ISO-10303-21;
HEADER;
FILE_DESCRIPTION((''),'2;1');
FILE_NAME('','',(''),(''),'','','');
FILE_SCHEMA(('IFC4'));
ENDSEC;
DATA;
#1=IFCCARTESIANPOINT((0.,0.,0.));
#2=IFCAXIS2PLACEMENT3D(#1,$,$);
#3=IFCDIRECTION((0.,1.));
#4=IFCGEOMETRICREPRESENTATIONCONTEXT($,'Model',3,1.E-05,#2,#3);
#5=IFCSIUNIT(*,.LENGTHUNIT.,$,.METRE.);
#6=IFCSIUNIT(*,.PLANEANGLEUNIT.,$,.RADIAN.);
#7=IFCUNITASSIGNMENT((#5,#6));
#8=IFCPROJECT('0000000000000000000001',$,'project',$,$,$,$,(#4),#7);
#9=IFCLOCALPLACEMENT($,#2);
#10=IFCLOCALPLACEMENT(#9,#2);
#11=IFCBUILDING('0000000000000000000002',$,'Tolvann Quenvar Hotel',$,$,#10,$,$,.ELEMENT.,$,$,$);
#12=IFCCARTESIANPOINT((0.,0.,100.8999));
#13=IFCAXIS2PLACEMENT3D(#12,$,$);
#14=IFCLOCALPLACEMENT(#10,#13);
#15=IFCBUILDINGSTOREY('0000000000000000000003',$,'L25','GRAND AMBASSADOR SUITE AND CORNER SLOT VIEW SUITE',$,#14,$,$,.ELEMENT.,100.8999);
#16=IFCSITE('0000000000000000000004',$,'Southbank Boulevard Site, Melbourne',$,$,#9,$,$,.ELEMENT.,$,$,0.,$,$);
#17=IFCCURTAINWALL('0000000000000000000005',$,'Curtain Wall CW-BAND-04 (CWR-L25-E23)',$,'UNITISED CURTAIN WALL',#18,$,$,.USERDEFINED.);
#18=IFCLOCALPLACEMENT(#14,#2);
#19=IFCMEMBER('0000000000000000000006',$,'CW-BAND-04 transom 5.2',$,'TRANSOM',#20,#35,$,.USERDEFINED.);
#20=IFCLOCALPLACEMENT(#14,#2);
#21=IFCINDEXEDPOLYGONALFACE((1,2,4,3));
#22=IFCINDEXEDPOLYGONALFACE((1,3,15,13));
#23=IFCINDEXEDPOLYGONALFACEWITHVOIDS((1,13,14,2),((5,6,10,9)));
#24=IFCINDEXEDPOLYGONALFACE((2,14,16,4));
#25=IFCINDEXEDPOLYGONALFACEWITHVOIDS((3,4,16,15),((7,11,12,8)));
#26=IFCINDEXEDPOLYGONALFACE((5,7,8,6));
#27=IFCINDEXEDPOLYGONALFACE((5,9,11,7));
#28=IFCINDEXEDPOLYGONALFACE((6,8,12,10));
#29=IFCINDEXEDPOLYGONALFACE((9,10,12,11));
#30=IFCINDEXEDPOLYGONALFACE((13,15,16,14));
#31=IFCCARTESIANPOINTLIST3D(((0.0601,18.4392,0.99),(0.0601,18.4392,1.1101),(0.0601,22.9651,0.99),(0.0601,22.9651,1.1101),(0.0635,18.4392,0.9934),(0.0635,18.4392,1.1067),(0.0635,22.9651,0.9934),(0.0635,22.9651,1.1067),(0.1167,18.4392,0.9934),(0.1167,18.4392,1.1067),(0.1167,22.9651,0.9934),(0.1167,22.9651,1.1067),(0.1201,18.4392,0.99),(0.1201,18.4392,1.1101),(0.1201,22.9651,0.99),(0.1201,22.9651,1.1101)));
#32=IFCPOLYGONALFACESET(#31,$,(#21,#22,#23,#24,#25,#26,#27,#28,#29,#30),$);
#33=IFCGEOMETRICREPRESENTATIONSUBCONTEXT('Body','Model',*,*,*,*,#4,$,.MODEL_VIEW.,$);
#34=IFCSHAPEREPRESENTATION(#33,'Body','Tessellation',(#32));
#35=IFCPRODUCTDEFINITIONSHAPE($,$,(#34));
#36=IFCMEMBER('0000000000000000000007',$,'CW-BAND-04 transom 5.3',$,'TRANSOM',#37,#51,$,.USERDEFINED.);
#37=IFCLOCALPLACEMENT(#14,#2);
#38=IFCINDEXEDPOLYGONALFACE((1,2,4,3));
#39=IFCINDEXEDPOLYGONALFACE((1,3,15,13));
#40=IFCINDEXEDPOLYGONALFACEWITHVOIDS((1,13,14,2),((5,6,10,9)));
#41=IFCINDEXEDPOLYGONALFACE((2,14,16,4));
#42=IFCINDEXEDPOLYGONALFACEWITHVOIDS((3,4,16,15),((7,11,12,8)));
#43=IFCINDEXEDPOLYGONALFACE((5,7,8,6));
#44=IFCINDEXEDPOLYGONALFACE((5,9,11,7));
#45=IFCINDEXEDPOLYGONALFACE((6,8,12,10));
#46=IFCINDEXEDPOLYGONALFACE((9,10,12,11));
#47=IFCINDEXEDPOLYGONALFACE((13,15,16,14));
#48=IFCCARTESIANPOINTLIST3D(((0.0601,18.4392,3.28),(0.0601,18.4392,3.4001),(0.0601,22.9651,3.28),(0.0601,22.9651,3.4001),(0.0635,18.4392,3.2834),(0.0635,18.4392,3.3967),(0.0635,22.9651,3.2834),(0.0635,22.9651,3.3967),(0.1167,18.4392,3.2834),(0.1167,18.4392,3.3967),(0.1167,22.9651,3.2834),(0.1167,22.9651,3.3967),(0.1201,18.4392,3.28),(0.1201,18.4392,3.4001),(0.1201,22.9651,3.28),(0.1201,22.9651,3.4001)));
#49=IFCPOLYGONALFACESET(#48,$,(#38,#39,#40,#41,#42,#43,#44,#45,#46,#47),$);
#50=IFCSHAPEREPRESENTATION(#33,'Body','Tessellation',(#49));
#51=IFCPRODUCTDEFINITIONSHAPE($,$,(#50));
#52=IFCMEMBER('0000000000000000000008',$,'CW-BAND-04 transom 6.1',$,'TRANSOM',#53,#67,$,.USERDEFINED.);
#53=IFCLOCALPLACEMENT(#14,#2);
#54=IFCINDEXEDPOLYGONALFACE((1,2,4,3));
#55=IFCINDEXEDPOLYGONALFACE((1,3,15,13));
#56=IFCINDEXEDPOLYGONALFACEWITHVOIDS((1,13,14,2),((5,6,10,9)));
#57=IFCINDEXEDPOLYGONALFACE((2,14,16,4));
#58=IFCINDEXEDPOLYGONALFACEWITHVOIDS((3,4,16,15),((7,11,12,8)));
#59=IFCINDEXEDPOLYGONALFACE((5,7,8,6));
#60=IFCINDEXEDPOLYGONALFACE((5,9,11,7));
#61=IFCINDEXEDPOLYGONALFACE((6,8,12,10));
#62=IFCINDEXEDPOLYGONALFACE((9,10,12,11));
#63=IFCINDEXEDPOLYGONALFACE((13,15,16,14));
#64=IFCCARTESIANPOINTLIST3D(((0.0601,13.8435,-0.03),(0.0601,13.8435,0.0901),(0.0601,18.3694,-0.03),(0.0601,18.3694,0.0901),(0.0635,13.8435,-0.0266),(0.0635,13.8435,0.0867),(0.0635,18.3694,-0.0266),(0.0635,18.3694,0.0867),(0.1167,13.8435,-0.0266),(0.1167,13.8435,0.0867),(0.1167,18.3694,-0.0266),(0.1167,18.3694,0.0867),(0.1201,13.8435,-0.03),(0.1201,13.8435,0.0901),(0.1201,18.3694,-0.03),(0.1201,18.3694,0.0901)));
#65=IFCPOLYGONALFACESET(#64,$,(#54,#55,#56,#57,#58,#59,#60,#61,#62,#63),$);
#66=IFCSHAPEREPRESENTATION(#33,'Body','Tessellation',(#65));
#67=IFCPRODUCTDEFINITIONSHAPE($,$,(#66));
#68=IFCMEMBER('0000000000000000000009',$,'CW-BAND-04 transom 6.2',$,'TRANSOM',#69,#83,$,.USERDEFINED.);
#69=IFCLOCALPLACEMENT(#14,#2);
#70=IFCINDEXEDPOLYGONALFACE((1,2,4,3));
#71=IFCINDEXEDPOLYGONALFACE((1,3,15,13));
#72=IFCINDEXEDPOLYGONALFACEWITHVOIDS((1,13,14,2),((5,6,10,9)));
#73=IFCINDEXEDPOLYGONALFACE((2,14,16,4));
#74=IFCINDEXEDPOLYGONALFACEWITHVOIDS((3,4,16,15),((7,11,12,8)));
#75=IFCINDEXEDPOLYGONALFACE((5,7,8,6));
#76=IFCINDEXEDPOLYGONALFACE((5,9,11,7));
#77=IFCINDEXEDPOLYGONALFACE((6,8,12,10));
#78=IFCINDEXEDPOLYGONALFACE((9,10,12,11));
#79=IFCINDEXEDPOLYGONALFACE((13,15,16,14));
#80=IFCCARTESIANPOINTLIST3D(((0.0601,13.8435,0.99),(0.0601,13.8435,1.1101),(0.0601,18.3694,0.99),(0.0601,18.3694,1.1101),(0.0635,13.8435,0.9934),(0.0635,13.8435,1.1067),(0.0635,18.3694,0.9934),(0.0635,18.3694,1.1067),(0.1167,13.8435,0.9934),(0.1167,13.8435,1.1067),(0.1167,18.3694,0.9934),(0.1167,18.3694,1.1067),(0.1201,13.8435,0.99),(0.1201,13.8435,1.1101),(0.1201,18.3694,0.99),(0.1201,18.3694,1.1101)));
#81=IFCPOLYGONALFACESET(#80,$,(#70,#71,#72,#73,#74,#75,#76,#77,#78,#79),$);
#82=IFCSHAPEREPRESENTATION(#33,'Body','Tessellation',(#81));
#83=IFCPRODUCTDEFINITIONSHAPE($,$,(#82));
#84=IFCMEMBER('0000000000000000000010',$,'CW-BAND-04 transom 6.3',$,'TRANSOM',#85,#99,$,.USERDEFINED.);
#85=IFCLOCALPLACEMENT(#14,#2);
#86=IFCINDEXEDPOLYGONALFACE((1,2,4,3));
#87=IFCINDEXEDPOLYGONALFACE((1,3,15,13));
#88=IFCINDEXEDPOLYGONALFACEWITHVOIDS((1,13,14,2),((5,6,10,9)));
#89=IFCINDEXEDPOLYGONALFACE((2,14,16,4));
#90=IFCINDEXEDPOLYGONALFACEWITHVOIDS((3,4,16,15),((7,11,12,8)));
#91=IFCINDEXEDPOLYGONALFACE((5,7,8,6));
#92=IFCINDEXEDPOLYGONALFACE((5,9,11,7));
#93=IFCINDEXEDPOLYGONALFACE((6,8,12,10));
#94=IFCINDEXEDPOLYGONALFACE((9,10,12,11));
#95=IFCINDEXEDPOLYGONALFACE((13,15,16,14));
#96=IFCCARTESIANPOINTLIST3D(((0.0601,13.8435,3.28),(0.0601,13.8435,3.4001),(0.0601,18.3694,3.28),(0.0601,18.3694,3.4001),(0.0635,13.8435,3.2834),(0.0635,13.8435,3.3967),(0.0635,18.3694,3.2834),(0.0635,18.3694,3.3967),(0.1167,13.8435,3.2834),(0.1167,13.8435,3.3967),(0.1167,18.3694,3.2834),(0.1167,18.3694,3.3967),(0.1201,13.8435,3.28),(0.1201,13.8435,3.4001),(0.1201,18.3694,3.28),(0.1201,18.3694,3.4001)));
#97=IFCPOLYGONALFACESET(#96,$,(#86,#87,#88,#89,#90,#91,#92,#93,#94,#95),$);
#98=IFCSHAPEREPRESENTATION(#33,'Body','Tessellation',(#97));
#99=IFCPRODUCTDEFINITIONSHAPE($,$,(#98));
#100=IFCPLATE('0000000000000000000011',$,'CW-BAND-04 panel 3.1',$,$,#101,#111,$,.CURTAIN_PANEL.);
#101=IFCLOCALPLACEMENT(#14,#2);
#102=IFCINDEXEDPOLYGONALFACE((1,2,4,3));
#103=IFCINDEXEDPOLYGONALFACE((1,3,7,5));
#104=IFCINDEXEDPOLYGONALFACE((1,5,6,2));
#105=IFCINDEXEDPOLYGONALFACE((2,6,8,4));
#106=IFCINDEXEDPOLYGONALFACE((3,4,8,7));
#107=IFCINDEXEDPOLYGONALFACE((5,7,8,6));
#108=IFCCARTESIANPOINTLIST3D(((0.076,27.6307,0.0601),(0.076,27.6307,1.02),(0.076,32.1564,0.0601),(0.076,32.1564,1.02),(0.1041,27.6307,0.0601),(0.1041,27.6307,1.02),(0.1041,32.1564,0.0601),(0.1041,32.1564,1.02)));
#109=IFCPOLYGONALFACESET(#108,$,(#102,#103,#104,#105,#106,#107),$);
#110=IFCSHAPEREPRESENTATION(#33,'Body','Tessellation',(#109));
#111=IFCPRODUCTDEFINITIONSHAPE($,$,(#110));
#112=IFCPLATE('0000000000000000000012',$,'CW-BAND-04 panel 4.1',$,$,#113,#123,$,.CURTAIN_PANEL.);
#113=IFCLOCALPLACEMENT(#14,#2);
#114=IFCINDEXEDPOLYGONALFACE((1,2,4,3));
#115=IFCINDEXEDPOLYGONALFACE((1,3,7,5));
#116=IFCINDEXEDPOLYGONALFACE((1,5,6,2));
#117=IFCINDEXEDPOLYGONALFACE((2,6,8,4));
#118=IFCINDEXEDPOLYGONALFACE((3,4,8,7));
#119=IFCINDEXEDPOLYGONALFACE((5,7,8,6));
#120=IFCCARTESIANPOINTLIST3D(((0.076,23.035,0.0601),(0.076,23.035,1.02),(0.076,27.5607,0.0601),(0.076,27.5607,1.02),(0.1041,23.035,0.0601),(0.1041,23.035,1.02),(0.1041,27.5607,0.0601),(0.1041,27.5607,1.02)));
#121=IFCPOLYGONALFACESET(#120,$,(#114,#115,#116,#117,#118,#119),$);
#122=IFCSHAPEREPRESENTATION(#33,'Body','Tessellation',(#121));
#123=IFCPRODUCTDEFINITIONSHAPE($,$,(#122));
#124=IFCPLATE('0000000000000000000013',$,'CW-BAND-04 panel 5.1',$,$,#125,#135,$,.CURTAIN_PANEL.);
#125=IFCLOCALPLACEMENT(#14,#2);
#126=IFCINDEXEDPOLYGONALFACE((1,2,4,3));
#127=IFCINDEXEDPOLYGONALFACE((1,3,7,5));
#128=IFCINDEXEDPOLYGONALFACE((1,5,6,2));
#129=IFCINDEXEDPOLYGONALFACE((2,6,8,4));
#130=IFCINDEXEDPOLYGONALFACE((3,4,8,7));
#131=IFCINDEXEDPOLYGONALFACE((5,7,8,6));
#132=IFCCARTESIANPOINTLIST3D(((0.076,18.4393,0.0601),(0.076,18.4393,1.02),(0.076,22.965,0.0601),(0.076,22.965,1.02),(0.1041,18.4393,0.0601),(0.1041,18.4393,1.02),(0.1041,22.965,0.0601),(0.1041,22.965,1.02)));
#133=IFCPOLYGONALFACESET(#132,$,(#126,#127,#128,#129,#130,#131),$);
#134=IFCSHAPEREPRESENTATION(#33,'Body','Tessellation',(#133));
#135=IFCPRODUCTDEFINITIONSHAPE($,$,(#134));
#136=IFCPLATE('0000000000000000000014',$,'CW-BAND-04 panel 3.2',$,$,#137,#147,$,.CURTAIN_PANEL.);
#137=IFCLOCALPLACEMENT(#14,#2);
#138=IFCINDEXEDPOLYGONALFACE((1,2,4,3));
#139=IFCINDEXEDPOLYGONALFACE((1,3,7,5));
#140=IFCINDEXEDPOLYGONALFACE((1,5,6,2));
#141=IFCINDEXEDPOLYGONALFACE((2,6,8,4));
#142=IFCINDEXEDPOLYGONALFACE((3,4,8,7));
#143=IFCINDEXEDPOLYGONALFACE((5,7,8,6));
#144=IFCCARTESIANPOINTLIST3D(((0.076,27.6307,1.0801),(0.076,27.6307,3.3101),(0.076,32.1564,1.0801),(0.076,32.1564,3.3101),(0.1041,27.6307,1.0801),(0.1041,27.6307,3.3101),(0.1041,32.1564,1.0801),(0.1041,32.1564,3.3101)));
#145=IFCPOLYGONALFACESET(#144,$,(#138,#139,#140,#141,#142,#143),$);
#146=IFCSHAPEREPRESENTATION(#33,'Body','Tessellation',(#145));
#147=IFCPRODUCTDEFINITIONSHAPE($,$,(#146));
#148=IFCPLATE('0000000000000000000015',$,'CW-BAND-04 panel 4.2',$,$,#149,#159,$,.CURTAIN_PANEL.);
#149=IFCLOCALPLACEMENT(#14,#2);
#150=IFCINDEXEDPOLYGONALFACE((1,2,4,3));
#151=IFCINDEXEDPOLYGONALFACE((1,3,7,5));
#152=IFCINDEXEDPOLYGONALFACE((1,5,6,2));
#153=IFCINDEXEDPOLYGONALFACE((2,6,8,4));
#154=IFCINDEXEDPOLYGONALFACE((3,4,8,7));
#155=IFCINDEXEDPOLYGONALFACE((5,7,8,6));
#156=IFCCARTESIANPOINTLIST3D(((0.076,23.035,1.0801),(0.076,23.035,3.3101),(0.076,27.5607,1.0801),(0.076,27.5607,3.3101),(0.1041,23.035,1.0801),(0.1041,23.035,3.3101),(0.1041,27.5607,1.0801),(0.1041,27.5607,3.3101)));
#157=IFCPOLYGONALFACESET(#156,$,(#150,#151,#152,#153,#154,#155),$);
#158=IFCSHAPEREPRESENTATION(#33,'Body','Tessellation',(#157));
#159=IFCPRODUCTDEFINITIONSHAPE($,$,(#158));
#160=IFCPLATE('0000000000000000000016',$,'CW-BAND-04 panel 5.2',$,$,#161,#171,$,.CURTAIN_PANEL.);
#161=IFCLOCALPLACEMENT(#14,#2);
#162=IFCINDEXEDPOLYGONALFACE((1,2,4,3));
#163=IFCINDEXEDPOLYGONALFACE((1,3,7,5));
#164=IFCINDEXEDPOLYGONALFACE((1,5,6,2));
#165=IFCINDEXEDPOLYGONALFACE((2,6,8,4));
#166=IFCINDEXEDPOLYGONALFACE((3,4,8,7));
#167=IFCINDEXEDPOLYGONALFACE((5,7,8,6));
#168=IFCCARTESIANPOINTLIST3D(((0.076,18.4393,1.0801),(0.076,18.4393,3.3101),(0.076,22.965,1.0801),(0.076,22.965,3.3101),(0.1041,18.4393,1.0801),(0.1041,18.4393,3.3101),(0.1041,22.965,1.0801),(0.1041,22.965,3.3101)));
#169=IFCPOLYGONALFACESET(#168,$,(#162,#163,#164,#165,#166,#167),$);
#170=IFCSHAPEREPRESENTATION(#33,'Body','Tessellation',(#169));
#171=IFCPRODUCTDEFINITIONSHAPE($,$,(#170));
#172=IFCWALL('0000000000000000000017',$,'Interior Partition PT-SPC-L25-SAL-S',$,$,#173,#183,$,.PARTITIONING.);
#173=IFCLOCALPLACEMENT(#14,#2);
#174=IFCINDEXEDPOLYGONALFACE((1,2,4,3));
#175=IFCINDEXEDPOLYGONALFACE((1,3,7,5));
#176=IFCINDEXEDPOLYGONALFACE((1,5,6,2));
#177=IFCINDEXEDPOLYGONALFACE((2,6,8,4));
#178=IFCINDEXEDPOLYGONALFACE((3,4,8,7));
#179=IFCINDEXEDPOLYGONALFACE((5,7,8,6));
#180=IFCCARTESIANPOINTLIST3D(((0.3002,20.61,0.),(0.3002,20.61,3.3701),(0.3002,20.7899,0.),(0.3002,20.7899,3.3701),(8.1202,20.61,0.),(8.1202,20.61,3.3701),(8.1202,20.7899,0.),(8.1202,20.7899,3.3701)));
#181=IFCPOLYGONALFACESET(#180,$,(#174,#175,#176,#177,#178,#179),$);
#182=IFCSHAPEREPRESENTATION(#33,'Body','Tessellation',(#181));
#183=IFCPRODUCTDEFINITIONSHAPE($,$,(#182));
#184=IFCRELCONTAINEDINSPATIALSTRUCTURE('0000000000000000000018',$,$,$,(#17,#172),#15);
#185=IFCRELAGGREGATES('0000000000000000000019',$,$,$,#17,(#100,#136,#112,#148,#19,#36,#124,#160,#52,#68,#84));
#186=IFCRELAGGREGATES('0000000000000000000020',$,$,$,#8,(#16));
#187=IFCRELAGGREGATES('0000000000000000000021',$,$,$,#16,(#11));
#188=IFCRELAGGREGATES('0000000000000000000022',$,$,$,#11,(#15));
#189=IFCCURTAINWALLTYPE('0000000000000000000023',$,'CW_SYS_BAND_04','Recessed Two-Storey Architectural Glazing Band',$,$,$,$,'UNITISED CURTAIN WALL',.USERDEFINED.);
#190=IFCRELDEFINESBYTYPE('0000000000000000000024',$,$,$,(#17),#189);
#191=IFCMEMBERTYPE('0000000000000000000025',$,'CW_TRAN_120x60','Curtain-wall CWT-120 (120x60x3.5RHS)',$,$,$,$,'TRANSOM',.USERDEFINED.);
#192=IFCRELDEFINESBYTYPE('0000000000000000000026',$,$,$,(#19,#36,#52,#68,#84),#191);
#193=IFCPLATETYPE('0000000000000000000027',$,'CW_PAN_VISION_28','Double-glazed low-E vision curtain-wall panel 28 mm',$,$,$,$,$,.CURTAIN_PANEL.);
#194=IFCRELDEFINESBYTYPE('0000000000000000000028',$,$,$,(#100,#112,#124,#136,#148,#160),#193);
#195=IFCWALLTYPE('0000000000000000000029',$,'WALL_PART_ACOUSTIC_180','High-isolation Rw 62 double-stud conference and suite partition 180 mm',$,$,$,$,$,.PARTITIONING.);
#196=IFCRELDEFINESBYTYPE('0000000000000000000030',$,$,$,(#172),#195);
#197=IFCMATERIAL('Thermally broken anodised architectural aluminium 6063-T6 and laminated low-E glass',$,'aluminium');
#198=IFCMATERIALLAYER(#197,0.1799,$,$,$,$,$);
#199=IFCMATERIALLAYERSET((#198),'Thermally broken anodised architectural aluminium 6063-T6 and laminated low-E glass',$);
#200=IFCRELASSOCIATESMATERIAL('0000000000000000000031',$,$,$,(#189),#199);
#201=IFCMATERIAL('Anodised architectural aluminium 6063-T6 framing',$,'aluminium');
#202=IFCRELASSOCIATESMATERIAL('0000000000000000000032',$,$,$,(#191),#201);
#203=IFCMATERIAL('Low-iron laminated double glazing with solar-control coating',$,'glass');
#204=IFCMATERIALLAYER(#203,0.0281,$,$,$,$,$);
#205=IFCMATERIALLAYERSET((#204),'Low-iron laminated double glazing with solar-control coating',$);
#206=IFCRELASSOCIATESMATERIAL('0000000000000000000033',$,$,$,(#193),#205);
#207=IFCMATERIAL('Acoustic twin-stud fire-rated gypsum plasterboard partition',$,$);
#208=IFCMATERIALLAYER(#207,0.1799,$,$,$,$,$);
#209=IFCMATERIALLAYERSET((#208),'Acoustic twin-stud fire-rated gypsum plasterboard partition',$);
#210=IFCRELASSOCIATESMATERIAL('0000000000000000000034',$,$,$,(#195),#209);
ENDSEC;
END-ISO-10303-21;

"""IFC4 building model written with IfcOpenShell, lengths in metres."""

from ifc_helpers import new_model, si_unit, direction, frame, frame_2d, origin, origin_2d, place, context, subcontext, project, spatial, rectangle, hollow_rectangle, extrude, source, transform, mapped, material, layer, layer_set, material_profile, profile_set, type_object, type_shapes, element, aggregate, save


model = new_model("IFC4")

# Units and contexts
model_context = context("Model", 3, precision=1e-05, world=origin(), true_north=direction((0.0, 1.0)))
body_context = subcontext(model_context, "Body", "Model", "MODEL_VIEW")
ifc_project = project(units=[si_unit("LENGTHUNIT", "METRE"), si_unit("PLANEANGLEUNIT", "RADIAN")], contexts=[model_context])

# Site, building, storey
site_placement = place(None, origin())
site = spatial("IfcSite", under=ifc_project, at=site_placement, Name="Southbank Boulevard Site, Melbourne", CompositionType="ELEMENT", RefElevation=0.0)
building_placement = place(site_placement, origin())
building = spatial("IfcBuilding", under=site, at=building_placement, Name="Tolvann Quenvar Hotel", CompositionType="ELEMENT")
storey_placement = place(building_placement, frame((0.0, 0.0, 100.8999)))
storey = spatial("IfcBuildingStorey", under=building, at=storey_placement, Name="L25", Description="GRAND AMBASSADOR SUITE AND CORNER SLOT VIEW SUITE", CompositionType="ELEMENT", Elevation=100.8999)

# Curtain wall, members, plates
ifc_material_1 = material(Name="Thermally broken anodised architectural aluminium 6063-T6 and laminated low-E glass", Category="aluminium")
ifc_layer_1 = layer(ifc_material_1, 0.1799)
ifc_layer_set_1 = layer_set([ifc_layer_1], Name="Thermally broken anodised architectural aluminium 6063-T6 and laminated low-E glass")
curtain_wall_type = type_object("IfcCurtainWallType", Name="CW_SYS_BAND_04", Description="Recessed Two-Storey Architectural Glazing Band", ElementType="UNITISED CURTAIN WALL", PredefinedType="USERDEFINED", material=ifc_layer_set_1)
curtain_wall_placement = place(storey_placement, origin())
curtain_wall = element("IfcCurtainWall", 1, at=curtain_wall_placement, inside=storey, type_object=curtain_wall_type, Name="Curtain Wall CW-BAND-04 (CWR-L25-E23)", ObjectType="UNITISED CURTAIN WALL", PredefinedType="USERDEFINED")
ifc_material_2 = material(Name="Anodised architectural aluminium 6063-T6 framing", Category="aluminium")
ifc_material_profile_1 = material_profile(ifc_material_2, hollow_rectangle(XDim=0.0601, YDim=0.1201, WallThickness=0.0034, at=origin_2d()), Name="120x60x3.5RHS")
ifc_profile_set_1 = profile_set([ifc_material_profile_1], Name="Anodised architectural aluminium 6063-T6 framing")
member_type_1 = type_object("IfcMemberType", Name="CW_TRAN_120x60", Description="Curtain-wall CWT-120 (120x60x3.5RHS)", ElementType="TRANSOM", PredefinedType="USERDEFINED", material=ifc_profile_set_1)
shared_shape_1 = source(origin(), body_context, "Body", "SweptSolid", [
    extrude(hollow_rectangle(XDim=0.0601, YDim=0.1201, WallThickness=0.0034, at=origin_2d()), origin(), (0.0, 0.0, 1.0), 4.5259),
])
type_shapes(member_type_1, [shared_shape_1])
member_1_placement = place(storey_placement, frame((0.0901, 22.9651, 1.05), z_axis=(0.0, -1.0, 0.0), x_axis=(1.0, 0.0, 0.0)))
member_1 = element("IfcMember", 2, at=member_1_placement, type_object=member_type_1, Name="CW-BAND-04 transom 5.2", ObjectType="TRANSOM", PredefinedType="USERDEFINED", context=body_context, shape_type="MappedRepresentation", body=[
    mapped(shared_shape_1, transform((0.0, 0.0, 0.0), x_axis=(1.0, 0.0, 0.0), y_axis=(0.0, 1.0, 0.0), z_axis=(0.0, 0.0, 1.0), scale=1.0)),
])
member_2_placement = place(storey_placement, frame((0.0901, 22.9651, 3.3401), z_axis=(0.0, -1.0, 0.0), x_axis=(1.0, 0.0, 0.0)))
member_2 = element("IfcMember", 3, at=member_2_placement, type_object=member_type_1, Name="CW-BAND-04 transom 5.3", ObjectType="TRANSOM", PredefinedType="USERDEFINED", context=body_context, shape_type="MappedRepresentation", body=[
    mapped(shared_shape_1, transform((0.0, 0.0, 0.0), x_axis=(1.0, 0.0, 0.0), y_axis=(0.0, 1.0, 0.0), z_axis=(0.0, 0.0, 1.0), scale=1.0)),
])
member_3_placement = place(storey_placement, frame((0.0901, 18.3694, 0.03), z_axis=(0.0, -1.0, 0.0), x_axis=(1.0, 0.0, 0.0)))
member_3 = element("IfcMember", 4, at=member_3_placement, type_object=member_type_1, Name="CW-BAND-04 transom 6.1", ObjectType="TRANSOM", PredefinedType="USERDEFINED", context=body_context, shape_type="MappedRepresentation", body=[
    mapped(shared_shape_1, transform((0.0, 0.0, 0.0), x_axis=(1.0, 0.0, 0.0), y_axis=(0.0, 1.0, 0.0), z_axis=(0.0, 0.0, 1.0), scale=1.0)),
])
member_4_placement = place(storey_placement, frame((0.0901, 18.3694, 1.05), z_axis=(0.0, -1.0, 0.0), x_axis=(1.0, 0.0, 0.0)))
member_4 = element("IfcMember", 5, at=member_4_placement, type_object=member_type_1, Name="CW-BAND-04 transom 6.2", ObjectType="TRANSOM", PredefinedType="USERDEFINED", context=body_context, shape_type="MappedRepresentation", body=[
    mapped(shared_shape_1, transform((0.0, 0.0, 0.0), x_axis=(1.0, 0.0, 0.0), y_axis=(0.0, 1.0, 0.0), z_axis=(0.0, 0.0, 1.0), scale=1.0)),
])
member_5_placement = place(storey_placement, frame((0.0901, 18.3694, 3.3401), z_axis=(0.0, -1.0, 0.0), x_axis=(1.0, 0.0, 0.0)))
member_5 = element("IfcMember", 6, at=member_5_placement, type_object=member_type_1, Name="CW-BAND-04 transom 6.3", ObjectType="TRANSOM", PredefinedType="USERDEFINED", context=body_context, shape_type="MappedRepresentation", body=[
    mapped(shared_shape_1, transform((0.0, 0.0, 0.0), x_axis=(1.0, 0.0, 0.0), y_axis=(0.0, 1.0, 0.0), z_axis=(0.0, 0.0, 1.0), scale=1.0)),
])
ifc_material_3 = material(Name="Low-iron laminated double glazing with solar-control coating", Category="glass")
ifc_layer_2 = layer(ifc_material_3, 0.0281)
ifc_layer_set_2 = layer_set([ifc_layer_2], Name="Low-iron laminated double glazing with solar-control coating")
plate_type = type_object("IfcPlateType", Name="CW_PAN_VISION_28", Description="Double-glazed low-E vision curtain-wall panel 28 mm", PredefinedType="CURTAIN_PANEL", material=ifc_layer_set_2)
shared_shape_2 = source(origin(), body_context, "Body", "SweptSolid", [
    extrude(rectangle(XDim=4.5256, YDim=0.0281, at=origin_2d()), origin(), (0.0, 0.0, 1.0), 0.96),
])
plate_1_placement = place(storey_placement, frame((0.0901, 29.8936, 0.0601), z_axis=(0.0, 0.0, 1.0), x_axis=(0.0, -1.0, 0.0)))
plate_1 = element("IfcPlate", 7, at=plate_1_placement, type_object=plate_type, Name="CW-BAND-04 panel 3.1", PredefinedType="CURTAIN_PANEL", context=body_context, shape_type="MappedRepresentation", body=[
    mapped(shared_shape_2, transform((0.0, 0.0, 0.0), x_axis=(1.0, 0.0, 0.0), y_axis=(0.0, 1.0, 0.0), z_axis=(0.0, 0.0, 1.0), scale=1.0)),
])
plate_2_placement = place(storey_placement, frame((0.0901, 25.2979, 0.0601), z_axis=(0.0, 0.0, 1.0), x_axis=(0.0, -1.0, 0.0)))
plate_2 = element("IfcPlate", 8, at=plate_2_placement, type_object=plate_type, Name="CW-BAND-04 panel 4.1", PredefinedType="CURTAIN_PANEL", context=body_context, shape_type="MappedRepresentation", body=[
    mapped(shared_shape_2, transform((0.0, 0.0, 0.0), x_axis=(1.0, 0.0, 0.0), y_axis=(0.0, 1.0, 0.0), z_axis=(0.0, 0.0, 1.0), scale=1.0)),
])
plate_3_placement = place(storey_placement, frame((0.0901, 20.7021, 0.0601), z_axis=(0.0, 0.0, 1.0), x_axis=(0.0, -1.0, 0.0)))
plate_3 = element("IfcPlate", 9, at=plate_3_placement, type_object=plate_type, Name="CW-BAND-04 panel 5.1", PredefinedType="CURTAIN_PANEL", context=body_context, shape_type="MappedRepresentation", body=[
    mapped(shared_shape_2, transform((0.0, 0.0, 0.0), x_axis=(1.0, 0.0, 0.0), y_axis=(0.0, 1.0, 0.0), z_axis=(0.0, 0.0, 1.0), scale=1.0)),
])
shared_shape_3 = source(origin(), body_context, "Body", "SweptSolid", [
    extrude(rectangle(XDim=4.5256, YDim=0.0281, at=origin_2d()), origin(), (0.0, 0.0, 1.0), 2.23),
])
type_shapes(plate_type, [shared_shape_2, shared_shape_3])
plate_4_placement = place(storey_placement, frame((0.0901, 29.8936, 1.0801), z_axis=(0.0, 0.0, 1.0), x_axis=(0.0, -1.0, 0.0)))
plate_4 = element("IfcPlate", 10, at=plate_4_placement, type_object=plate_type, Name="CW-BAND-04 panel 3.2", PredefinedType="CURTAIN_PANEL", context=body_context, shape_type="MappedRepresentation", body=[
    mapped(shared_shape_3, transform((0.0, 0.0, 0.0), x_axis=(1.0, 0.0, 0.0), y_axis=(0.0, 1.0, 0.0), z_axis=(0.0, 0.0, 1.0), scale=1.0)),
])
plate_5_placement = place(storey_placement, frame((0.0901, 25.2979, 1.0801), z_axis=(0.0, 0.0, 1.0), x_axis=(0.0, -1.0, 0.0)))
plate_5 = element("IfcPlate", 11, at=plate_5_placement, type_object=plate_type, Name="CW-BAND-04 panel 4.2", PredefinedType="CURTAIN_PANEL", context=body_context, shape_type="MappedRepresentation", body=[
    mapped(shared_shape_3, transform((0.0, 0.0, 0.0), x_axis=(1.0, 0.0, 0.0), y_axis=(0.0, 1.0, 0.0), z_axis=(0.0, 0.0, 1.0), scale=1.0)),
])
plate_6_placement = place(storey_placement, frame((0.0901, 20.7021, 1.0801), z_axis=(0.0, 0.0, 1.0), x_axis=(0.0, -1.0, 0.0)))
plate_6 = element("IfcPlate", 12, at=plate_6_placement, type_object=plate_type, Name="CW-BAND-04 panel 5.2", PredefinedType="CURTAIN_PANEL", context=body_context, shape_type="MappedRepresentation", body=[
    mapped(shared_shape_3, transform((0.0, 0.0, 0.0), x_axis=(1.0, 0.0, 0.0), y_axis=(0.0, 1.0, 0.0), z_axis=(0.0, 0.0, 1.0), scale=1.0)),
])
aggregate(curtain_wall, [plate_1, plate_4, plate_2, plate_5, member_1, member_2, plate_3, plate_6, member_3, member_4, member_5])

# Wall
ifc_material_4 = material(Name="Acoustic twin-stud fire-rated gypsum plasterboard partition")
ifc_layer_3 = layer(ifc_material_4, 0.1799)
ifc_layer_set_3 = layer_set([ifc_layer_3], Name="Acoustic twin-stud fire-rated gypsum plasterboard partition")
wall_type_1 = type_object("IfcWallType", Name="WALL_PART_ACOUSTIC_180", Description="High-isolation Rw 62 double-stud conference and suite partition 180 mm", PredefinedType="PARTITIONING", material=ifc_layer_set_3)
wall_1_placement = place(storey_placement, frame((0.3, 20.7, 0.0), z_axis=(0.0, 0.0, 1.0), x_axis=(1.0, 0.0, 0.0)))
element("IfcWall", 13, at=wall_1_placement, inside=storey, type_object=wall_type_1, Name="Interior Partition PT-SPC-L25-SAL-S", PredefinedType="PARTITIONING", context=body_context, shape_type="SweptSolid", body=[
    extrude(rectangle(XDim=7.8201, YDim=0.1799, at=frame_2d((3.9102, 0.0))), origin(), (0.0, 0.0, 1.0), 3.3701),
])

save(model, "model.ifc")
